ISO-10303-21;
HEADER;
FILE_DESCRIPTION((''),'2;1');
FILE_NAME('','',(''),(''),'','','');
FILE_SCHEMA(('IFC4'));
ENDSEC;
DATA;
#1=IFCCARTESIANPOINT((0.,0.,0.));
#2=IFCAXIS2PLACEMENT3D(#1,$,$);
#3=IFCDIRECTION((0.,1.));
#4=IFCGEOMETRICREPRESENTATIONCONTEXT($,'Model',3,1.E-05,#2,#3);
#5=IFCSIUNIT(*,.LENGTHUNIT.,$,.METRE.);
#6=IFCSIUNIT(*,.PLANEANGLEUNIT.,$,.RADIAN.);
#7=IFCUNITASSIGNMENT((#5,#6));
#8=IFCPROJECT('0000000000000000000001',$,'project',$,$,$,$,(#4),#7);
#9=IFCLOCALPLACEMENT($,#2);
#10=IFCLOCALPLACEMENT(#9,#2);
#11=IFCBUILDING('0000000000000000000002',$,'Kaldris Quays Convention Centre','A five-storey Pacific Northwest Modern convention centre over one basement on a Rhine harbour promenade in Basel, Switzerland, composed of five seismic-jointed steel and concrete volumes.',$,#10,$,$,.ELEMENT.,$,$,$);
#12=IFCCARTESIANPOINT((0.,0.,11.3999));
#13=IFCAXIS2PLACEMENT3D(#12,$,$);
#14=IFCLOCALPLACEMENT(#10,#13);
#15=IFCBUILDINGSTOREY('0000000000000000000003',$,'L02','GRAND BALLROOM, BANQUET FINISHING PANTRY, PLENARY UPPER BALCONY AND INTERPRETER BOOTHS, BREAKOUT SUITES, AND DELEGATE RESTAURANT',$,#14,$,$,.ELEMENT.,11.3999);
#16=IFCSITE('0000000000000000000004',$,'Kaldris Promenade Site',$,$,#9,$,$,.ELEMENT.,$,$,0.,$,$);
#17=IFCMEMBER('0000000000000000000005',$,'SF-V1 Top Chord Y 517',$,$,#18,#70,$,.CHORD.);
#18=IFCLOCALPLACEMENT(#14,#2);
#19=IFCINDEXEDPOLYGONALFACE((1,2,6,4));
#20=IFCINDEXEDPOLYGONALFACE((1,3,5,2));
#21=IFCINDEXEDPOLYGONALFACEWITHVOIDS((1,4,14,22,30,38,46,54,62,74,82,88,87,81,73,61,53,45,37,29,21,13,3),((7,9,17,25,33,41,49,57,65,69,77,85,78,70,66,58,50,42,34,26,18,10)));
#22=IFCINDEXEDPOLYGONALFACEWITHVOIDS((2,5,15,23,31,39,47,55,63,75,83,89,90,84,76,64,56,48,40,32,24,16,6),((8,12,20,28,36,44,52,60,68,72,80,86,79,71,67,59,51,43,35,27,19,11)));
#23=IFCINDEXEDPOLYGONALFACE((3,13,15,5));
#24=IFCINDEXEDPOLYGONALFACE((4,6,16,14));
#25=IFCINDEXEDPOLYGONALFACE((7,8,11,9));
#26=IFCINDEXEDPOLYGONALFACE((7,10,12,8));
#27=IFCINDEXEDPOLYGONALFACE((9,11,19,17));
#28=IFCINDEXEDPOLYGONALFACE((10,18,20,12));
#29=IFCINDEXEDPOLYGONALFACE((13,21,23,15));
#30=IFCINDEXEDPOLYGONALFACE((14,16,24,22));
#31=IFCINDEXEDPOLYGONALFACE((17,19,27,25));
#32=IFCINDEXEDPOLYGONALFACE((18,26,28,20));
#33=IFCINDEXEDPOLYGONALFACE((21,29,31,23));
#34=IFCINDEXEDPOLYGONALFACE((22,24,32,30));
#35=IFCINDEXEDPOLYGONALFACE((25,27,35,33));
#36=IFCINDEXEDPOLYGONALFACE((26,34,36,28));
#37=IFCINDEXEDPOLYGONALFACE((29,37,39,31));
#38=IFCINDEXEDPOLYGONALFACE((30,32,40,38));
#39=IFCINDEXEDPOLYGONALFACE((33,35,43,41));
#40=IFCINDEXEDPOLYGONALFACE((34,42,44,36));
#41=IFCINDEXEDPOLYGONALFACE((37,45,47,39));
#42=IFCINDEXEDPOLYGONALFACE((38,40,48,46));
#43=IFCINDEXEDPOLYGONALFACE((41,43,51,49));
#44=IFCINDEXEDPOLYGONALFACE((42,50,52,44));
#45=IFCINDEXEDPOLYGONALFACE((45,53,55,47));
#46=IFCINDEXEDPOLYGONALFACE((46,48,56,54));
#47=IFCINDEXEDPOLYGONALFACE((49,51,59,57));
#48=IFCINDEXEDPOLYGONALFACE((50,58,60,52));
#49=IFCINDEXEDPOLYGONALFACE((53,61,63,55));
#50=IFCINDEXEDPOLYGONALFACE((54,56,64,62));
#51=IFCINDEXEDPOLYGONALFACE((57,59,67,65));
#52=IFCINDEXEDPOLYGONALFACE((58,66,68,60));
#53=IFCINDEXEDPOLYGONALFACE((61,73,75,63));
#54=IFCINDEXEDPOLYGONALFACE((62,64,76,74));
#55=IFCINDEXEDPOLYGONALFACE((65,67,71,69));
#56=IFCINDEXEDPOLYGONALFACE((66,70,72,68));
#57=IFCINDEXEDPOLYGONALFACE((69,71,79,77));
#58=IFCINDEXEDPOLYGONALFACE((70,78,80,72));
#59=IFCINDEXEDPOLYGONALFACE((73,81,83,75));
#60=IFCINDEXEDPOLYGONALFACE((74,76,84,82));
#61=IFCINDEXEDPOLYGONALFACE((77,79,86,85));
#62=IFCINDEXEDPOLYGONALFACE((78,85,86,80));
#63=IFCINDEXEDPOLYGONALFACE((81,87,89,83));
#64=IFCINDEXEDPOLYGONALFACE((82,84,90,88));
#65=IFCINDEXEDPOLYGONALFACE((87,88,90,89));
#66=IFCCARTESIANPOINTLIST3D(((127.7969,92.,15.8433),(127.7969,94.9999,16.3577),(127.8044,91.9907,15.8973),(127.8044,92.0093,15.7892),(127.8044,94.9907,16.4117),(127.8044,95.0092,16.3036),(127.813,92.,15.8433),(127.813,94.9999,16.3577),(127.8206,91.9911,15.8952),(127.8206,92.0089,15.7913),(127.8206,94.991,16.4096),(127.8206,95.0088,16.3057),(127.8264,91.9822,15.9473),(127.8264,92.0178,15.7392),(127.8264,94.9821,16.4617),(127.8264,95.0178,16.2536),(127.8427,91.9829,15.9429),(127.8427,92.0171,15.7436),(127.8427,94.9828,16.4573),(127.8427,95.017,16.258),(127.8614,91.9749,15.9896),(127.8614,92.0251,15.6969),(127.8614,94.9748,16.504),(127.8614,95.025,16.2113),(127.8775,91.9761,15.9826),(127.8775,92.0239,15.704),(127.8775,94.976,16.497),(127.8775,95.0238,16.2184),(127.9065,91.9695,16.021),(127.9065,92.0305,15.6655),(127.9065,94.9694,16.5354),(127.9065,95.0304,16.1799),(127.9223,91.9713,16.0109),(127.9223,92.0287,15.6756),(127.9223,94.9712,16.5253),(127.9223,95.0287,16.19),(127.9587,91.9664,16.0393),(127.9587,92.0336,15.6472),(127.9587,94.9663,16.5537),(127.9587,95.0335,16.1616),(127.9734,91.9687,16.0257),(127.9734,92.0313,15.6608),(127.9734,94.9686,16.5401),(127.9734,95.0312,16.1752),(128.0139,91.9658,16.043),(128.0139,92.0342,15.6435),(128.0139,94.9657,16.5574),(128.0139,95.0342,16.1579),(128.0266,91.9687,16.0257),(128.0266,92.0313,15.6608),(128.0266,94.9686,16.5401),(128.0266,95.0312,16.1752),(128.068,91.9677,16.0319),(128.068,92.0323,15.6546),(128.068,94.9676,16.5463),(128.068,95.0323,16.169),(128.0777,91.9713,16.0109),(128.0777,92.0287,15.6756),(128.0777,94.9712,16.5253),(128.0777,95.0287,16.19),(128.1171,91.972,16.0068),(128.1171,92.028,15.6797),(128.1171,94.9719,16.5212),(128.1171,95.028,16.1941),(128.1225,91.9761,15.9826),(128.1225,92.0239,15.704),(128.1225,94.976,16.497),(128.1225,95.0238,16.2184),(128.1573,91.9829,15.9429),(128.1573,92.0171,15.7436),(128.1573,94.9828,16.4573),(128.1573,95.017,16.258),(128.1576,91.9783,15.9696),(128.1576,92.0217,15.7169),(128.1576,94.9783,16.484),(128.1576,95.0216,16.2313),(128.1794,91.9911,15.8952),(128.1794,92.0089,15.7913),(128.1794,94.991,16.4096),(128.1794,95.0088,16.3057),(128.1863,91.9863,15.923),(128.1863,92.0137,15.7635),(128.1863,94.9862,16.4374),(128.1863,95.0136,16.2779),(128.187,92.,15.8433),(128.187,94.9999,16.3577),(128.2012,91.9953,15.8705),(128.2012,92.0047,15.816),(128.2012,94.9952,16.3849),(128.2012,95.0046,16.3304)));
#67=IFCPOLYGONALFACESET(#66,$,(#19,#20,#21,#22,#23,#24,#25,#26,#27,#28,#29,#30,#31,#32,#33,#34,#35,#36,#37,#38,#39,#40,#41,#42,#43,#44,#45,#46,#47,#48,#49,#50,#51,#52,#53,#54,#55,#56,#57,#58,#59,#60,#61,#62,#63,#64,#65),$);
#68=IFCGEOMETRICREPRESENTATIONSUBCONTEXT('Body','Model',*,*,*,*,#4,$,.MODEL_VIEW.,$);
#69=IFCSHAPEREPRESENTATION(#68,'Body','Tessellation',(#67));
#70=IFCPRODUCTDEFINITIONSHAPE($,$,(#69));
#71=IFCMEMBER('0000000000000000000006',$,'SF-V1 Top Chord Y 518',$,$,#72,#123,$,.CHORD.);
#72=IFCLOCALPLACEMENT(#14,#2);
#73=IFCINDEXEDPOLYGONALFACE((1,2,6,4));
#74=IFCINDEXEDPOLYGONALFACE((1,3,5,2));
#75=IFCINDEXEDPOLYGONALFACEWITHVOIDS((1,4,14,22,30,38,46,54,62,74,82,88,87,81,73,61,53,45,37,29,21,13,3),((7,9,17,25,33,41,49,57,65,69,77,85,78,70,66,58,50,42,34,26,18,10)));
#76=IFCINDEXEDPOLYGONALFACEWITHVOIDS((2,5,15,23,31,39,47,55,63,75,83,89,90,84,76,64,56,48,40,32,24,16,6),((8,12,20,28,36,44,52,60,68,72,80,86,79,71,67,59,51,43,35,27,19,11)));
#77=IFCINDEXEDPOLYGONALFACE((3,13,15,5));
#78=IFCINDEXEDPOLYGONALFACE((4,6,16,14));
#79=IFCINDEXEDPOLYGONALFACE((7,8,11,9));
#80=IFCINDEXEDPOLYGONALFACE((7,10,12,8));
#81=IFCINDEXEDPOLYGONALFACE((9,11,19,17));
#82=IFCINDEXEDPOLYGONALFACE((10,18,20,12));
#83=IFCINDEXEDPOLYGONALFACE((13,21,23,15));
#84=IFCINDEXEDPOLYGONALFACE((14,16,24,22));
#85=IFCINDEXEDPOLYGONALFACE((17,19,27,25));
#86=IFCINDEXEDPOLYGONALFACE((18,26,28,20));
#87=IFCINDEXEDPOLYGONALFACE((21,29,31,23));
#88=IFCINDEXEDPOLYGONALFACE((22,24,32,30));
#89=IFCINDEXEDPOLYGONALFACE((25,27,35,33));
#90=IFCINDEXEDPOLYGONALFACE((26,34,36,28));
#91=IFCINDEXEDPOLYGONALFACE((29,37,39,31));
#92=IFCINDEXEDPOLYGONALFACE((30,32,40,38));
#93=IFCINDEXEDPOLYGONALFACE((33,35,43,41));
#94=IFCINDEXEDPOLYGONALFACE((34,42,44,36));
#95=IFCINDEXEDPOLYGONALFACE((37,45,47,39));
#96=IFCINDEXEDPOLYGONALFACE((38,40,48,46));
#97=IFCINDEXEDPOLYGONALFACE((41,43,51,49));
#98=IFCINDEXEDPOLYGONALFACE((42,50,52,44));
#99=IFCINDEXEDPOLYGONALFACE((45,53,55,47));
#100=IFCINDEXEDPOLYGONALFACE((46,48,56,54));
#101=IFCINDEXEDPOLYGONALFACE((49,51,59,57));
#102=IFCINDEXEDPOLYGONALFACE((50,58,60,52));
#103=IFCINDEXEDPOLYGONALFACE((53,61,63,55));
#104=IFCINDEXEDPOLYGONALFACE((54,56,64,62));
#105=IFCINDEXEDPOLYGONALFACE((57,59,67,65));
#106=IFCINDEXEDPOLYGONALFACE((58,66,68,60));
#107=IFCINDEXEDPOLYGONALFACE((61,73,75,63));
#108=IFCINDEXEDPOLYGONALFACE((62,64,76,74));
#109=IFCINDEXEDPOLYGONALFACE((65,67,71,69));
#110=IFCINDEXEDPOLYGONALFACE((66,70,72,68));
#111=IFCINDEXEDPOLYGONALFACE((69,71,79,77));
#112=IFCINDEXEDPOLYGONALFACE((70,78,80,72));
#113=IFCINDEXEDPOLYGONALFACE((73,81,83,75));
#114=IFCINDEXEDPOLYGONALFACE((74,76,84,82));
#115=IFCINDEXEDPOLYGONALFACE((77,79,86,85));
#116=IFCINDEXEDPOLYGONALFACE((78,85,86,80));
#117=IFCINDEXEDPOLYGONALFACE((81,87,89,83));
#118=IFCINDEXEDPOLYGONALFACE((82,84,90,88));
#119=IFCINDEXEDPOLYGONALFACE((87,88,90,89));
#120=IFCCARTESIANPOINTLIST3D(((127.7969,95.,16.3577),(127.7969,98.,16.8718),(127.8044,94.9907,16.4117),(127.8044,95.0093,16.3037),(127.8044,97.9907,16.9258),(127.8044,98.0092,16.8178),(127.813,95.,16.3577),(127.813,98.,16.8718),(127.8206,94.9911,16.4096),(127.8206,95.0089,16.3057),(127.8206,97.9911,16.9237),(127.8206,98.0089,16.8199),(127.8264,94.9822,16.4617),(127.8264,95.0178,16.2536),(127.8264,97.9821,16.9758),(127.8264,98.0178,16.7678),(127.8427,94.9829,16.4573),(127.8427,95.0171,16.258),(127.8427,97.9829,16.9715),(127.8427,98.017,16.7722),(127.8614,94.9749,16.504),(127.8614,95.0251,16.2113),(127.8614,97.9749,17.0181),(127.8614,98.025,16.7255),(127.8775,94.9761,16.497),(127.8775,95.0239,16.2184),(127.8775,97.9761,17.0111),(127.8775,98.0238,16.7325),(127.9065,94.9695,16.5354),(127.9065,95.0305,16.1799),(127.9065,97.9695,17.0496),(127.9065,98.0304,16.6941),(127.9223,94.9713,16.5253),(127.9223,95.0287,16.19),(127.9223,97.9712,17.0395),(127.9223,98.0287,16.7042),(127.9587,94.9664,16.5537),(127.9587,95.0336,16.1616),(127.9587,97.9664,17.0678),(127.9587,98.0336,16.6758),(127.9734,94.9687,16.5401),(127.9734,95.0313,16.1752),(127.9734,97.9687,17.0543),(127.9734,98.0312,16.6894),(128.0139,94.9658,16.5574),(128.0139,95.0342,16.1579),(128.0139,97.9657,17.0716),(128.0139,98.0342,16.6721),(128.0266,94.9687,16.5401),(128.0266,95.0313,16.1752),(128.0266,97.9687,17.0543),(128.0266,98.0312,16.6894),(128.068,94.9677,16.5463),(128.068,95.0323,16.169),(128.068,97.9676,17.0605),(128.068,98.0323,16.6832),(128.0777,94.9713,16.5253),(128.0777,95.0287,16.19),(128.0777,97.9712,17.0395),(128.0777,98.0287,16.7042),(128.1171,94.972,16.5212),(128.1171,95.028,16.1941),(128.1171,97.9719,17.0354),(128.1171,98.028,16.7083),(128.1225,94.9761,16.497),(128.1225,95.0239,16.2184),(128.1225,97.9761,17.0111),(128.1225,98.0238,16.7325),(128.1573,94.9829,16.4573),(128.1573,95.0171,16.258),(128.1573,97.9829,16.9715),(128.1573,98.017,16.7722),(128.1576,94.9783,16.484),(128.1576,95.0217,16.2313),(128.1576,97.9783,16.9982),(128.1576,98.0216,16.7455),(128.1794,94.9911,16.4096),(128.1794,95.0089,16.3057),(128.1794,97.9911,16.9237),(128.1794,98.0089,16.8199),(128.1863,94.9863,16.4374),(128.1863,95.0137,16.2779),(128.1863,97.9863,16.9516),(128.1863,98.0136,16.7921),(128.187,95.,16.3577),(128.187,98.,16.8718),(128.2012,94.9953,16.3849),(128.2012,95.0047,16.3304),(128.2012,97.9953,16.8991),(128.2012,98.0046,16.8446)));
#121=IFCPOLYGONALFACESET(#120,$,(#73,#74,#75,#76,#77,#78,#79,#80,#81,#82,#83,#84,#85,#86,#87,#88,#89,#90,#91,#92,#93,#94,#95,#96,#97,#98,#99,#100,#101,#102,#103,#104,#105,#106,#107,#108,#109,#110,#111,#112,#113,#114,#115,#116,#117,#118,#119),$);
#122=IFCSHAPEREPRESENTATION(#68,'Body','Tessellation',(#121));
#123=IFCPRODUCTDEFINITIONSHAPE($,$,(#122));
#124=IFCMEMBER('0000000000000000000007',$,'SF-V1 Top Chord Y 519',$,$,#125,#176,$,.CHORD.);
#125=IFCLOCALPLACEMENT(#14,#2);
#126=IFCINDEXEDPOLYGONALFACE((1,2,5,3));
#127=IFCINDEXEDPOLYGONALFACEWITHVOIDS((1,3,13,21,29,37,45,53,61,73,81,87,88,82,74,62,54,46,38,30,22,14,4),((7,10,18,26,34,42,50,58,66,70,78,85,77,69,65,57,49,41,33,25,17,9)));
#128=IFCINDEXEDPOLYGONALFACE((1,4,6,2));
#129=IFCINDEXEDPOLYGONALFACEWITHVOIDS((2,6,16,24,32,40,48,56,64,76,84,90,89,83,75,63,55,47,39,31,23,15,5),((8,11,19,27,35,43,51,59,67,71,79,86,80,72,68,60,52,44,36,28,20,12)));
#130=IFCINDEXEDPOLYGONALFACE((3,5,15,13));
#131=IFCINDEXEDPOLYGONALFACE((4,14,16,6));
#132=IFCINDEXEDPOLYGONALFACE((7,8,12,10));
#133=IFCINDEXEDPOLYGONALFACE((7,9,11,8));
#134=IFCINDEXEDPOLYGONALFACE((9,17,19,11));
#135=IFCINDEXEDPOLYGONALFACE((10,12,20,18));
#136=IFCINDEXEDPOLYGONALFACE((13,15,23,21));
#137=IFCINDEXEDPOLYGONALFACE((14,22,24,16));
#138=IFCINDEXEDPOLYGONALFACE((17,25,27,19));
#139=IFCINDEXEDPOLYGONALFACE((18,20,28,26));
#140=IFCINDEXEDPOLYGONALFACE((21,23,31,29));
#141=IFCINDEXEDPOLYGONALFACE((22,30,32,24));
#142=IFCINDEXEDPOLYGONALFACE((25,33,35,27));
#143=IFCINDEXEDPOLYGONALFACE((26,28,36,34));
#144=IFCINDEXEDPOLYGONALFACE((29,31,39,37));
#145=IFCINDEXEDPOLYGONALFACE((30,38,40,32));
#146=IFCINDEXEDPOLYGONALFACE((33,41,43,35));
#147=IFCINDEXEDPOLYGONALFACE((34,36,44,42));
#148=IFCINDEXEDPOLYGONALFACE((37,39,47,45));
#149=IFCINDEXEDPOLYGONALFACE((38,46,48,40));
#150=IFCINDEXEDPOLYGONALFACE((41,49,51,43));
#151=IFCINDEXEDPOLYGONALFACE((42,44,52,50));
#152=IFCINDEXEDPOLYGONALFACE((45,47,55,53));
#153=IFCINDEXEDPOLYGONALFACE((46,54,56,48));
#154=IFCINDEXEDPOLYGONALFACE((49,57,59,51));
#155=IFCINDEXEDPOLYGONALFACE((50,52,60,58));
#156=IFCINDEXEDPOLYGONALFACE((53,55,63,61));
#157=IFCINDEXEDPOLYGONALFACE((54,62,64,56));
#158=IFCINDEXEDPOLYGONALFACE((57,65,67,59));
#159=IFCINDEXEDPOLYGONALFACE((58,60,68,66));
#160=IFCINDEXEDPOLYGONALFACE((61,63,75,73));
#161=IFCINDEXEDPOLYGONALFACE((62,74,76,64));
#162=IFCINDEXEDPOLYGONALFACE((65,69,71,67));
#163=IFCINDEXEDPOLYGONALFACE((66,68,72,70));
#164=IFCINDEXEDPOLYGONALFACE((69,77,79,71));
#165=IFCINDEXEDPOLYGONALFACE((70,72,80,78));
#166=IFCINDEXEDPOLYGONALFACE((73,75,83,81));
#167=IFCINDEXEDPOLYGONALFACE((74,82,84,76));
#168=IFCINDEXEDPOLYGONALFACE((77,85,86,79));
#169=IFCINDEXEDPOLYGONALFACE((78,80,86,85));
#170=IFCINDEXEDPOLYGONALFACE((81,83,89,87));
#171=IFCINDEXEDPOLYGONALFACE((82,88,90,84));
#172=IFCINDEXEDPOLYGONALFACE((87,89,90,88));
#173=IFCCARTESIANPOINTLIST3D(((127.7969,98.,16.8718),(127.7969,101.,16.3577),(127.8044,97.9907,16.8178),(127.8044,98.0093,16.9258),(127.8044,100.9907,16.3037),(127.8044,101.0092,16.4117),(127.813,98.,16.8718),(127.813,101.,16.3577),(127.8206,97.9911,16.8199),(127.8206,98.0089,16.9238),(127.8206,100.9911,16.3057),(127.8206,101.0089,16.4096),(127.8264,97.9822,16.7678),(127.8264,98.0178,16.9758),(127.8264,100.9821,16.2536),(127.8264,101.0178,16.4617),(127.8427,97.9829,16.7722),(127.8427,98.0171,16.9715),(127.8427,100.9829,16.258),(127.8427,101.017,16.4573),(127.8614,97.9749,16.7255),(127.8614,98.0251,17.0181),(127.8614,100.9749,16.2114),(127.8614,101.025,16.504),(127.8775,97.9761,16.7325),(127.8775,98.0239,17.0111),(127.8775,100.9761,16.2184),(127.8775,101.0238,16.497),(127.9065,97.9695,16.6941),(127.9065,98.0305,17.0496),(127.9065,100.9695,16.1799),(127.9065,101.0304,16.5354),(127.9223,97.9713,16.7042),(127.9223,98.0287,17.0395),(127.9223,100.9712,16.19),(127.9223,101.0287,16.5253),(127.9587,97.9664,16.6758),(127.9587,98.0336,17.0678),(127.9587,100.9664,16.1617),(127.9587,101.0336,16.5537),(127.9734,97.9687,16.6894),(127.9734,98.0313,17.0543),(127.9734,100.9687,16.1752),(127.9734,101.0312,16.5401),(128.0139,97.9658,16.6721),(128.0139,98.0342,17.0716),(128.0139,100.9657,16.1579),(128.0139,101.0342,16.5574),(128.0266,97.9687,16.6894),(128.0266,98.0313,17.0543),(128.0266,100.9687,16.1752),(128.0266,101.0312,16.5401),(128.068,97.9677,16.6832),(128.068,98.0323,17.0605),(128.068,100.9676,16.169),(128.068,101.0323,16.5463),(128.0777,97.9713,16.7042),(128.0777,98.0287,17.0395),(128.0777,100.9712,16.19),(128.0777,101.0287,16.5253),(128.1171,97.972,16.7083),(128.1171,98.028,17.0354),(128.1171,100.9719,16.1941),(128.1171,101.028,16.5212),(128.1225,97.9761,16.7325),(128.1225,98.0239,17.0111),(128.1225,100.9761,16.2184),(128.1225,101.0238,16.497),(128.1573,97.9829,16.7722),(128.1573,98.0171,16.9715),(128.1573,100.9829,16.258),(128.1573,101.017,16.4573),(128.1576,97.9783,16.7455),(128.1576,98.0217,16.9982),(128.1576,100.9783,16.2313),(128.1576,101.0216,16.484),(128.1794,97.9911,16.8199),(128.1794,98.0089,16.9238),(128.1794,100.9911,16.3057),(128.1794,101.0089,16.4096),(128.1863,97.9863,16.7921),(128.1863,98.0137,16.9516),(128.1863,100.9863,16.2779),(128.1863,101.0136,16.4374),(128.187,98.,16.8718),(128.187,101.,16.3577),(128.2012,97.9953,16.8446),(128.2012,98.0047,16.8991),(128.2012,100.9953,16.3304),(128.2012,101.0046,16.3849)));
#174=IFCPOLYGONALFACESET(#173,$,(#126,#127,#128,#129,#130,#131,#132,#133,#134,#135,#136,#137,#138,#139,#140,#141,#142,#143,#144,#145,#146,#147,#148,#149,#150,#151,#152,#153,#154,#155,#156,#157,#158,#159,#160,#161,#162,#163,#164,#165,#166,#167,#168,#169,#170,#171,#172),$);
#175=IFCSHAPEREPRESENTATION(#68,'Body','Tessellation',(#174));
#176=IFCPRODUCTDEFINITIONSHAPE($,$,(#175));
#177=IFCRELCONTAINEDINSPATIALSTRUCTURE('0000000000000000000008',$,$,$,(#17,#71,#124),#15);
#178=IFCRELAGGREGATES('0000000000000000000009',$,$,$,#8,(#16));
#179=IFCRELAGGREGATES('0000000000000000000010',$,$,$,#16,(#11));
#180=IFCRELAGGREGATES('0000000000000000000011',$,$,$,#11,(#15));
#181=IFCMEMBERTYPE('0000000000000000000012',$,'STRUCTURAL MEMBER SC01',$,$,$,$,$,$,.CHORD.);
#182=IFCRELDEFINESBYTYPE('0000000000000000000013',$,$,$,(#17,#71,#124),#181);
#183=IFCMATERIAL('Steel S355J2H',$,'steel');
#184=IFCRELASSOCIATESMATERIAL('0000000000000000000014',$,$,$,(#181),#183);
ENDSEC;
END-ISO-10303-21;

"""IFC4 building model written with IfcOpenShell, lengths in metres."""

from ifc_helpers import new_model, si_unit, direction, frame, origin, origin_2d, place, context, subcontext, project, spatial, hollow_circle, extrude, material, material_profile, profile_set, type_object, element, save


model = new_model("IFC4")

# Units and contexts
model_context = context("Model", 3, precision=1e-05, world=origin(), true_north=direction((0.0, 1.0)))
body_context = subcontext(model_context, "Body", "Model", "MODEL_VIEW")
ifc_project = project(units=[si_unit("LENGTHUNIT", "METRE"), si_unit("PLANEANGLEUNIT", "RADIAN")], contexts=[model_context])

# Site, building, storey
site_placement = place(None, origin())
site = spatial("IfcSite", under=ifc_project, at=site_placement, Name="Kaldris Promenade Site", CompositionType="ELEMENT", RefElevation=0.0)
building_placement = place(site_placement, origin())
building = spatial("IfcBuilding", under=site, at=building_placement, Name="Kaldris Quays Convention Centre", Description="A five-storey Pacific Northwest Modern convention centre over one basement on a Rhine harbour promenade in Basel, Switzerland, composed of five seismic-jointed steel and concrete volumes.", CompositionType="ELEMENT")
storey_placement = place(building_placement, frame((0.0, 0.0, 11.3999)))
storey = spatial("IfcBuildingStorey", under=building, at=storey_placement, Name="L02", Description="GRAND BALLROOM, BANQUET FINISHING PANTRY, PLENARY UPPER BALCONY AND INTERPRETER BOOTHS, BREAKOUT SUITES, AND DELEGATE RESTAURANT", CompositionType="ELEMENT", Elevation=11.3999)

# Members
ifc_material_1 = material(Name="Steel S355J2H", Category="steel")
ifc_material_profile_1 = material_profile(ifc_material_1, hollow_circle(Radius=0.2031, WallThickness=0.0161, at=origin_2d()), Name="CHS 406.4x16")
ifc_profile_set_1 = profile_set([ifc_material_profile_1], Name="Steel S355J2H")
member_type_1 = type_object("IfcMemberType", Name="STRUCTURAL MEMBER SC01", PredefinedType="CHORD", material=ifc_profile_set_1)
for number, where, z_axis, x_axis, name in (
    (1, (128.0, 92.0, 15.8433), (0.0, 0.985616, 0.169002), (-1.0, 0.0, 0.0), "SF-V1 Top Chord Y 517"),
    (2, (128.0, 95.0, 16.3577), (0.0, 0.985629, 0.168924), (-1.0, 0.0, 0.0), "SF-V1 Top Chord Y 518"),
    (3, (128.0, 98.0, 16.8718), (0.0, 0.985629, -0.168924), (-1.0, 0.0, 0.0), "SF-V1 Top Chord Y 519"),
):
    element("IfcMember", number, at=place(storey_placement, frame(where, z_axis=z_axis, x_axis=x_axis)), inside=storey, type_object=member_type_1, Name=name, PredefinedType="CHORD", context=body_context, shape_type="SweptSolid", body=[
        extrude(hollow_circle(Radius=0.2031, WallThickness=0.0161, at=origin_2d()), origin(), (0.0, 0.0, 1.0), 3.0437),
    ])

save(model, "model.ifc")
